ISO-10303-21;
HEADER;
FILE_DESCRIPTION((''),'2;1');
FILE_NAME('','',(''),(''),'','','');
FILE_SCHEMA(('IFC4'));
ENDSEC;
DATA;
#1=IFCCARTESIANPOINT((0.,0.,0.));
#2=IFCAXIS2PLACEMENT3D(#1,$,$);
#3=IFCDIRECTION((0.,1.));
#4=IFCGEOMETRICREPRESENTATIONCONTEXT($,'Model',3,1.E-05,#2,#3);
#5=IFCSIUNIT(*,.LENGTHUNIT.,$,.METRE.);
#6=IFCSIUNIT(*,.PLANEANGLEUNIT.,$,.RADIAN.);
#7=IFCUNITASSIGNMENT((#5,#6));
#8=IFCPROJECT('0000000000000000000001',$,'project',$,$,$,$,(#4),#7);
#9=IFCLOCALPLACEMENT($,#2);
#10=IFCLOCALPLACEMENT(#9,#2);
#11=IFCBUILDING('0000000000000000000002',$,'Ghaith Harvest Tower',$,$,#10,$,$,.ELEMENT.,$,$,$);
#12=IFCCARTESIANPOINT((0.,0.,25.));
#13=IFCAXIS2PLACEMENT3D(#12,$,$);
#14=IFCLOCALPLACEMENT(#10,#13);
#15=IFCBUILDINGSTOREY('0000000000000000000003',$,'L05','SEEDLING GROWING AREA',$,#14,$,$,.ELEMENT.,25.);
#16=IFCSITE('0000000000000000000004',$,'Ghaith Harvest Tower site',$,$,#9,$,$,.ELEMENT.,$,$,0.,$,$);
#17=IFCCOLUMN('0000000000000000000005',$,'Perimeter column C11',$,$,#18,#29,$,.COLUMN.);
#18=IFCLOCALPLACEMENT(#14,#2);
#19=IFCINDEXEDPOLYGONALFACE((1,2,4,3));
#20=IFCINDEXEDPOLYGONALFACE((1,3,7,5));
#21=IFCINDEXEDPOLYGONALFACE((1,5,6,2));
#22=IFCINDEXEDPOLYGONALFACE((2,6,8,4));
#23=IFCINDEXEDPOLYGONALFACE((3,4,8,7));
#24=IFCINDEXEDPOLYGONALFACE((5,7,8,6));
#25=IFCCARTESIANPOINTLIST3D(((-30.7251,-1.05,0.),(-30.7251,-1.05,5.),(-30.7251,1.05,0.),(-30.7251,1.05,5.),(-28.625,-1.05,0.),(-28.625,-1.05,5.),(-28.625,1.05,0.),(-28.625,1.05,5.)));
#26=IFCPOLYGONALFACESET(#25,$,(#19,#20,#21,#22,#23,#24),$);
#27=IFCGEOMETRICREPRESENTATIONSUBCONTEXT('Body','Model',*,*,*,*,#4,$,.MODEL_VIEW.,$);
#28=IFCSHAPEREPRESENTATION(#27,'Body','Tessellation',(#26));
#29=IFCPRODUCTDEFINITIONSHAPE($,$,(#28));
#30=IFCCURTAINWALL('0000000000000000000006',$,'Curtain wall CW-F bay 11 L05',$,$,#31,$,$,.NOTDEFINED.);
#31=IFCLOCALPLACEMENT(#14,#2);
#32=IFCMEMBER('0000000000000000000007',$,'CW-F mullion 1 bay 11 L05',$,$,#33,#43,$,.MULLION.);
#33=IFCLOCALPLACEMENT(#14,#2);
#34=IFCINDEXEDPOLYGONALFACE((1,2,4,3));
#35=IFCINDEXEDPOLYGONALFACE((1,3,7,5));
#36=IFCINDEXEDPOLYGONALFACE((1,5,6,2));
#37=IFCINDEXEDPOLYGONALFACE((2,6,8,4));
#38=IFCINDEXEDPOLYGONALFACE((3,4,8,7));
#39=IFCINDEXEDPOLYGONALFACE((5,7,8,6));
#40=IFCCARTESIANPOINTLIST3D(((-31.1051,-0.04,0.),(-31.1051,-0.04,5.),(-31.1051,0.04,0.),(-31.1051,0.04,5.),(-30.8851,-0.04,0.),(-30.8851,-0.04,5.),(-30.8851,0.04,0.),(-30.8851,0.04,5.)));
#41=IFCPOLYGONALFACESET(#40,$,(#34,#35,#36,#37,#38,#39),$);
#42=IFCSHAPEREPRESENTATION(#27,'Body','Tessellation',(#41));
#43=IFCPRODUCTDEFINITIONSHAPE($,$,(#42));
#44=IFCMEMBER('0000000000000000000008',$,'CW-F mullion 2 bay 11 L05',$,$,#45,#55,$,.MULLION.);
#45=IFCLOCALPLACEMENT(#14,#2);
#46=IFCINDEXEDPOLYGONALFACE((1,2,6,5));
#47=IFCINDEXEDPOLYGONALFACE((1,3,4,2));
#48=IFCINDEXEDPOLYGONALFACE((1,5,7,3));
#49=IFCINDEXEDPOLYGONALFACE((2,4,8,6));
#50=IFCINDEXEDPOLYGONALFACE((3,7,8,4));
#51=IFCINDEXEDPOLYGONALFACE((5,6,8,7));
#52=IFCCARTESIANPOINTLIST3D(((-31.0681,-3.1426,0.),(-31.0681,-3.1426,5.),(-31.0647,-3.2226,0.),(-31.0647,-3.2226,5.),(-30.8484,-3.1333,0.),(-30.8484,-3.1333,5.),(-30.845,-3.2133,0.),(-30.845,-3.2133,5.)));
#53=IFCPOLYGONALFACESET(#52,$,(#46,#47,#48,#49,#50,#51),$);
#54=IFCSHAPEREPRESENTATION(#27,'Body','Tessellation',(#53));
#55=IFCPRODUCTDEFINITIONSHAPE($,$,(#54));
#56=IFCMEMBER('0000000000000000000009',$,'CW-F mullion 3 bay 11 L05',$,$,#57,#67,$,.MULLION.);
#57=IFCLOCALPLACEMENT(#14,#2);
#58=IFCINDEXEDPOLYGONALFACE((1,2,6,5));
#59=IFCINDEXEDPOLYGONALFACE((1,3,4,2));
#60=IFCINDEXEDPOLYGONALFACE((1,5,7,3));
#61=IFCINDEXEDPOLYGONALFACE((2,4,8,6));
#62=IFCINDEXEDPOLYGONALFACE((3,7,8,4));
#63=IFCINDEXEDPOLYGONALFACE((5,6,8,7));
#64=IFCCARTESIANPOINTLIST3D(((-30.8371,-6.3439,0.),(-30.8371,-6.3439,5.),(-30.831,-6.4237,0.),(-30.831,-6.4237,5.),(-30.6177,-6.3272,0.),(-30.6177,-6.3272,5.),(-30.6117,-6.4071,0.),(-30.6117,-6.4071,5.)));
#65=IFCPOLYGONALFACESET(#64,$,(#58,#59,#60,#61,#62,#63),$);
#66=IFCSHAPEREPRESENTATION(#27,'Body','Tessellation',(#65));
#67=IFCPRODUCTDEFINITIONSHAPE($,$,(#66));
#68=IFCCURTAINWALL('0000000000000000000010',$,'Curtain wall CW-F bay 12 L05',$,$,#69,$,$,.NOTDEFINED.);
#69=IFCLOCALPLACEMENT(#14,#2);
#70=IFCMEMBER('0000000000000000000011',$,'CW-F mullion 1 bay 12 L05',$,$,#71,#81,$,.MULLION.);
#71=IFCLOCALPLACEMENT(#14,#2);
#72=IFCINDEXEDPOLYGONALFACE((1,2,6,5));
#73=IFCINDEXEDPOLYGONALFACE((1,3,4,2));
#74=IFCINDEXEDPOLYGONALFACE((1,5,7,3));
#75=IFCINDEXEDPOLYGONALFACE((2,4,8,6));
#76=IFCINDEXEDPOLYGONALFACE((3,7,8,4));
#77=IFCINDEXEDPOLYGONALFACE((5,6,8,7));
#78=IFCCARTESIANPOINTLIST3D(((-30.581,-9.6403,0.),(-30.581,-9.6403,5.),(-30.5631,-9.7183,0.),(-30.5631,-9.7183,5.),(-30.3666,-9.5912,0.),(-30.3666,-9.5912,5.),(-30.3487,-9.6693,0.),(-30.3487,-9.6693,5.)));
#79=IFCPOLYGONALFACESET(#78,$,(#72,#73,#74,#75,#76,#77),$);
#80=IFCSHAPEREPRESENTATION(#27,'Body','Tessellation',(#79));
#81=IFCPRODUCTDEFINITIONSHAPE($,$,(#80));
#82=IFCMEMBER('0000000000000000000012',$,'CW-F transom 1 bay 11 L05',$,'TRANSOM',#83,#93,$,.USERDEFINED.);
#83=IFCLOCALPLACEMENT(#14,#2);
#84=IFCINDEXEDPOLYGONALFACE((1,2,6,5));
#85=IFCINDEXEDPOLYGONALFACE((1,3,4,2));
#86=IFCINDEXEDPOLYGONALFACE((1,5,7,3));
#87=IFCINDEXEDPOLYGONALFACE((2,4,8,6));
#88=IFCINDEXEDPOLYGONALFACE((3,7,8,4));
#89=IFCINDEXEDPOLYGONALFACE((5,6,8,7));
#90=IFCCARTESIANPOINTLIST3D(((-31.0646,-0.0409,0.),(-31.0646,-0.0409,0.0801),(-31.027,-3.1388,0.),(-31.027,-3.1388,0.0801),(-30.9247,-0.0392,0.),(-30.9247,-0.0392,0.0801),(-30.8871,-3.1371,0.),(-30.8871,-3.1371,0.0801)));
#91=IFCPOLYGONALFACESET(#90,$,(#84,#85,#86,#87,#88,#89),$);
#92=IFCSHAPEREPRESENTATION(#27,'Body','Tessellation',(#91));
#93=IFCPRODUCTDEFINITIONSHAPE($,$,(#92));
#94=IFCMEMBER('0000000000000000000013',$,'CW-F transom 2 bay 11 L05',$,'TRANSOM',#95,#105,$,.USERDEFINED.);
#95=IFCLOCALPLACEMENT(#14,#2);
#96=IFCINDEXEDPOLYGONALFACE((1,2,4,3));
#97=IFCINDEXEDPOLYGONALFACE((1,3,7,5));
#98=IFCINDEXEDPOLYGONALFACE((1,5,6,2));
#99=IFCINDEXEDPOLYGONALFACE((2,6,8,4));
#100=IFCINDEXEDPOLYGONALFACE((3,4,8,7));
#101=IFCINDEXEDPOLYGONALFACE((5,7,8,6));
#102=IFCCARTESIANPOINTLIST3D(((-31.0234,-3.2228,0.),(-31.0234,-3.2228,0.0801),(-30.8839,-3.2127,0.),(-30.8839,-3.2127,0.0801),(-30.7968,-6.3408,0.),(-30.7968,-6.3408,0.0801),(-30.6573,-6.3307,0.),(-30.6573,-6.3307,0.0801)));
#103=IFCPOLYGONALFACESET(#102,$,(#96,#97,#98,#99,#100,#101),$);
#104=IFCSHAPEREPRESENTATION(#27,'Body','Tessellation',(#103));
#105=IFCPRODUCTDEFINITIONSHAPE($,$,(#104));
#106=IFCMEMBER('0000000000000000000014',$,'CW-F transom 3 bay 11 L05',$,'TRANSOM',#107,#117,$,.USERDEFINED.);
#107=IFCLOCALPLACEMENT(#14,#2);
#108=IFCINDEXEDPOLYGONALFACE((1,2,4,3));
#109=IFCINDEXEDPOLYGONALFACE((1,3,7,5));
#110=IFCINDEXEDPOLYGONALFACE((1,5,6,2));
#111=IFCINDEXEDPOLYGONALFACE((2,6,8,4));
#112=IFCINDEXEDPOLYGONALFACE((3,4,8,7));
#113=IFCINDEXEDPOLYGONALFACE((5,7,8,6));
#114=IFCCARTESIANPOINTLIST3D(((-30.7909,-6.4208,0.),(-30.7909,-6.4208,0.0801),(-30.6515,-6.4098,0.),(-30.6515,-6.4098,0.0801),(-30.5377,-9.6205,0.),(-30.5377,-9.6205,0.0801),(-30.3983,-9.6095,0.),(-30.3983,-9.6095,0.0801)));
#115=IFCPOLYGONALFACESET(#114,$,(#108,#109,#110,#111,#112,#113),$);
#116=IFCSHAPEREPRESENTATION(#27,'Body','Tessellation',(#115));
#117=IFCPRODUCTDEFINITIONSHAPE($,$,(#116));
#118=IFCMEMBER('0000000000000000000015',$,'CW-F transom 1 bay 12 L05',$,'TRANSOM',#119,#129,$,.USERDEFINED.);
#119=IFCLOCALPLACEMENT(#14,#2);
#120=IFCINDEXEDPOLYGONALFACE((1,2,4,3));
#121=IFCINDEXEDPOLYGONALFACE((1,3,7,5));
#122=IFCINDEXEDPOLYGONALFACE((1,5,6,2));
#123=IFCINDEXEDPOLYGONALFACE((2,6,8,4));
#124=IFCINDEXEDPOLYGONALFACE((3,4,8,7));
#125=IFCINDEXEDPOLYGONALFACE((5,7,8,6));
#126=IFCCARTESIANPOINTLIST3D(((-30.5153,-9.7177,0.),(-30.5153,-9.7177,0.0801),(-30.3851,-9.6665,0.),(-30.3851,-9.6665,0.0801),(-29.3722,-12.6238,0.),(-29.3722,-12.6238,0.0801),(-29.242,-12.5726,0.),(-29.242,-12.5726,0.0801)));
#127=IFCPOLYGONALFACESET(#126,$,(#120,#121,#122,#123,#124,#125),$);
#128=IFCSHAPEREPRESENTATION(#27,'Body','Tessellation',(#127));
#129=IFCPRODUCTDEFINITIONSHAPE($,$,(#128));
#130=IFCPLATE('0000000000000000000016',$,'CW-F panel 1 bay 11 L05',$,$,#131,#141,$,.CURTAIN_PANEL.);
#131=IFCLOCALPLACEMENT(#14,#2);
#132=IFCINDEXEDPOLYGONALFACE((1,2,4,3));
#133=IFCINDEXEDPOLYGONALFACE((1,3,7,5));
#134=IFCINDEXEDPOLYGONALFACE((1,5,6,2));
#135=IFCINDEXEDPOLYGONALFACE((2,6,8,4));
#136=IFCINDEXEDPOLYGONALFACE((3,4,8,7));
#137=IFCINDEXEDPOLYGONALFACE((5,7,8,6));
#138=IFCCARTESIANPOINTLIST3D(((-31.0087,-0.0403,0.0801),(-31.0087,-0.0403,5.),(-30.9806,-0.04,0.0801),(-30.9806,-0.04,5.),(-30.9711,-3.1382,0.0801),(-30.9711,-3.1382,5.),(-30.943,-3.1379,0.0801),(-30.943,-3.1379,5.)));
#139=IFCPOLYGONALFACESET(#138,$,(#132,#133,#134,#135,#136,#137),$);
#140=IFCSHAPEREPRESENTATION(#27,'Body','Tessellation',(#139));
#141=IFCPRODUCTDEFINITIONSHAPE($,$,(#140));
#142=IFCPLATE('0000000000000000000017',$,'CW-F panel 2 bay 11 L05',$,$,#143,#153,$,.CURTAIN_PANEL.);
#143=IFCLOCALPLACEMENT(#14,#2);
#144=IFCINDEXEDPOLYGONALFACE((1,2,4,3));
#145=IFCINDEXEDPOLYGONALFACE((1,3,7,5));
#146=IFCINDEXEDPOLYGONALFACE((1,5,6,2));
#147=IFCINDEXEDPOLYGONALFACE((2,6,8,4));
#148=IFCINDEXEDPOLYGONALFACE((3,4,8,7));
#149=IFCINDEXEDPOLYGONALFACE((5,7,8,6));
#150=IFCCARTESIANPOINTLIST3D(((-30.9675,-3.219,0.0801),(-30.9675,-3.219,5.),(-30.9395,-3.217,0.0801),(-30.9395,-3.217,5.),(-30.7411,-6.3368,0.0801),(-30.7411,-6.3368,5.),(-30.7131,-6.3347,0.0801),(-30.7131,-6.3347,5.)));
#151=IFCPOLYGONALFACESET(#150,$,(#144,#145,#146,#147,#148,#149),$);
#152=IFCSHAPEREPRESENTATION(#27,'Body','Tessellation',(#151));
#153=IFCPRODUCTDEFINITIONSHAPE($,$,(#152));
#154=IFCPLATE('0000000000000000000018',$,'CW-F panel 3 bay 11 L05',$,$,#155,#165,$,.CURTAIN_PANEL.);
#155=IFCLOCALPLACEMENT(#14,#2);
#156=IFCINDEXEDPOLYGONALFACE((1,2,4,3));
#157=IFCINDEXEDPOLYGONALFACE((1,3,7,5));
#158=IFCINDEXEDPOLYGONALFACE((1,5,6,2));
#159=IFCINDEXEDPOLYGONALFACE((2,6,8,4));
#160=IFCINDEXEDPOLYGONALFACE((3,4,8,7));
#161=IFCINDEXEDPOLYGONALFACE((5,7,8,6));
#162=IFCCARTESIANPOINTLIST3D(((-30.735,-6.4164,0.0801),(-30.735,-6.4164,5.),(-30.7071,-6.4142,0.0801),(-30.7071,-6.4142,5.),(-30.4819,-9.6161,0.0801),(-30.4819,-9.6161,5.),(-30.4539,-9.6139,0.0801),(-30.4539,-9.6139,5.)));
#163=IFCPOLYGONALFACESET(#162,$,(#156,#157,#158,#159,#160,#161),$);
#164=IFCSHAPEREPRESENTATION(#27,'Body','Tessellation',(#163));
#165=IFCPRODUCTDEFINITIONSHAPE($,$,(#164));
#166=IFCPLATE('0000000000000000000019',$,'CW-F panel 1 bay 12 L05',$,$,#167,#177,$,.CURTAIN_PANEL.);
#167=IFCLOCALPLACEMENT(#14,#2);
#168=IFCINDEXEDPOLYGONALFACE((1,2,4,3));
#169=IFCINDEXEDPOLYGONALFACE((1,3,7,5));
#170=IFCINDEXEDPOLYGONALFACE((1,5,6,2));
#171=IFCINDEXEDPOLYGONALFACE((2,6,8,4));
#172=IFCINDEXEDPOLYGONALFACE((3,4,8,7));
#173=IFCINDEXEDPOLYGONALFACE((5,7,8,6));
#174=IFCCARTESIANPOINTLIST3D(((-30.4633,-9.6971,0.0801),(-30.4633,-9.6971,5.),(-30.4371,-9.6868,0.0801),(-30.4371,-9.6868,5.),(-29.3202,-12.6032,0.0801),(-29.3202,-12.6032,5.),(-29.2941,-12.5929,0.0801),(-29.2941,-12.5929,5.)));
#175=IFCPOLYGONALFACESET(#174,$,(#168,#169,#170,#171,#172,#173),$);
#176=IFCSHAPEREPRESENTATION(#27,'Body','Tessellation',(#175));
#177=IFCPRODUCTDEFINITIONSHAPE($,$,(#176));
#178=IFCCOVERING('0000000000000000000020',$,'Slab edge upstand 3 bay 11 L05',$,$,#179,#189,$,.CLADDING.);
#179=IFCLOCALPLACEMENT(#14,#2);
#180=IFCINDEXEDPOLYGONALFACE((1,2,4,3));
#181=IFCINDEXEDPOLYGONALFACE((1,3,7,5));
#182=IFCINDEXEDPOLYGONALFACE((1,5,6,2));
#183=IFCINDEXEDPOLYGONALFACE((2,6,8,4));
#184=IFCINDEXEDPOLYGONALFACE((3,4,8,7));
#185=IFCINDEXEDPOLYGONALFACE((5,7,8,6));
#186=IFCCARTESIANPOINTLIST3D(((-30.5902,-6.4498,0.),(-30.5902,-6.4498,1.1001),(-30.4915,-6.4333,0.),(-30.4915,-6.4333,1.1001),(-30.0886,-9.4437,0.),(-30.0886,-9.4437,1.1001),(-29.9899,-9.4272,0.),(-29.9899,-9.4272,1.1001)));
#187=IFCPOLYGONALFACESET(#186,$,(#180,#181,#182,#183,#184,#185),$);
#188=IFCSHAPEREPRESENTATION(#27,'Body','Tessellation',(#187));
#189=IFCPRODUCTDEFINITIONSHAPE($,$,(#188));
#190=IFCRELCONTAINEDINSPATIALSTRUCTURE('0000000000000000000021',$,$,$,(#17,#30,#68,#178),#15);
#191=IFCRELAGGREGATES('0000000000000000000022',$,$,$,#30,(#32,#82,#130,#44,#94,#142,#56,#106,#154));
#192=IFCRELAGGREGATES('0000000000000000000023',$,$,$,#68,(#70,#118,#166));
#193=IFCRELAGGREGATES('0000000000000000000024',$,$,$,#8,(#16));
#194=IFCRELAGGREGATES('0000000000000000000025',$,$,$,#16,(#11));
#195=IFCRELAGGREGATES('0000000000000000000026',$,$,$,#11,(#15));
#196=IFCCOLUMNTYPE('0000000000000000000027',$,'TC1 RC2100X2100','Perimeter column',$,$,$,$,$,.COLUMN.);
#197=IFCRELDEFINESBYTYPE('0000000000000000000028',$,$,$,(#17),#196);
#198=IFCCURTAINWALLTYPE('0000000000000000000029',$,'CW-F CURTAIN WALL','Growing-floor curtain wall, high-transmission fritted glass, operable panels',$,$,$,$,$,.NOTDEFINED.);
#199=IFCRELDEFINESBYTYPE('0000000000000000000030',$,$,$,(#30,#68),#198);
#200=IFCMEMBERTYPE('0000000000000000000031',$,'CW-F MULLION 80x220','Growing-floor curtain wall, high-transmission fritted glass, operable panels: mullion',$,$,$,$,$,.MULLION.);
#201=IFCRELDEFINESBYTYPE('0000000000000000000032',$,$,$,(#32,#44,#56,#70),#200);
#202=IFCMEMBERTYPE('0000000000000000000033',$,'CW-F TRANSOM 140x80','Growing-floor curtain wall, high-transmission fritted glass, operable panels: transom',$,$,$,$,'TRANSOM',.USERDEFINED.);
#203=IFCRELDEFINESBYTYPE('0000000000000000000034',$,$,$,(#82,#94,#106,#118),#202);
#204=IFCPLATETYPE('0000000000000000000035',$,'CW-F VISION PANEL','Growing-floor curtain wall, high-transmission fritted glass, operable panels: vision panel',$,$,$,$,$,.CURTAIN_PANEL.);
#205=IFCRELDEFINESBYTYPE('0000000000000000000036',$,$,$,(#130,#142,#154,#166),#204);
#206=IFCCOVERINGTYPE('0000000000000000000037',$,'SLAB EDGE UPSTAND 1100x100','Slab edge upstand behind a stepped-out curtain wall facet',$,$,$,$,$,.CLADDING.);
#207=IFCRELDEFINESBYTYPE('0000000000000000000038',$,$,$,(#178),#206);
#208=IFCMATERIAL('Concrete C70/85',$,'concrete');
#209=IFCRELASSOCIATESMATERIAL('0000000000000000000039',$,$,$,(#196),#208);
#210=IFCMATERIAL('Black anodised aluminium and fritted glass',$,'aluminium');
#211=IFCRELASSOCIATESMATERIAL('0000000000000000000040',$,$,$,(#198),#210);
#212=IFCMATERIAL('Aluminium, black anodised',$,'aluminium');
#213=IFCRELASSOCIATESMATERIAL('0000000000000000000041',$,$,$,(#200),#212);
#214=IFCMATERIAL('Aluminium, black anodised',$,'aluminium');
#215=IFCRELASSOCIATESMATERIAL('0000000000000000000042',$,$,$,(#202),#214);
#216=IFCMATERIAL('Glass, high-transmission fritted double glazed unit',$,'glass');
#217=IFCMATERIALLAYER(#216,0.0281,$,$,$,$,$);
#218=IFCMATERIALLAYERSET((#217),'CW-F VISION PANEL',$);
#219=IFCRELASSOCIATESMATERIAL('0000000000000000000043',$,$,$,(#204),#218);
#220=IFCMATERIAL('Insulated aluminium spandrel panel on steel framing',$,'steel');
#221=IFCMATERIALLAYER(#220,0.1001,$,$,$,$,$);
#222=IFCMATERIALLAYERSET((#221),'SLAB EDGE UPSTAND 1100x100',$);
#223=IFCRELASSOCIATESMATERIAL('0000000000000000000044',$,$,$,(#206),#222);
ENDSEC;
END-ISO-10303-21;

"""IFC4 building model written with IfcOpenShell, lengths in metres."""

from ifc_helpers import new_model, si_unit, direction, frame, origin, origin_2d, place, context, subcontext, project, spatial, rectangle, extrude, material, layer, layer_set, material_profile, profile_set, type_object, element, aggregate, save


model = new_model("IFC4")

# Units and contexts
model_context = context("Model", 3, precision=1e-05, world=origin(), true_north=direction((0.0, 1.0)))
body_context = subcontext(model_context, "Body", "Model", "MODEL_VIEW")
ifc_project = project(units=[si_unit("LENGTHUNIT", "METRE"), si_unit("PLANEANGLEUNIT", "RADIAN")], contexts=[model_context])

# Site, building, storey
site_placement = place(None, origin())
site = spatial("IfcSite", under=ifc_project, at=site_placement, Name="Ghaith Harvest Tower site", CompositionType="ELEMENT", RefElevation=0.0)
building_placement = place(site_placement, origin())
building = spatial("IfcBuilding", under=site, at=building_placement, Name="Ghaith Harvest Tower", CompositionType="ELEMENT")
storey_placement = place(building_placement, frame((0.0, 0.0, 25.0)))
storey = spatial("IfcBuildingStorey", under=building, at=storey_placement, Name="L05", Description="SEEDLING GROWING AREA", CompositionType="ELEMENT", Elevation=25.0)

# Column
ifc_material_1 = material(Name="Concrete C70/85", Category="concrete")
ifc_material_profile_1 = material_profile(ifc_material_1, rectangle(XDim=2.1001, YDim=2.1001, at=origin_2d()), Name="RC2100X2100")
ifc_profile_set_1 = profile_set([ifc_material_profile_1], Name="Concrete C70/85")
column_type = type_object("IfcColumnType", Name="TC1 RC2100X2100", Description="Perimeter column", PredefinedType="COLUMN", material=ifc_profile_set_1)
column_placement = place(storey_placement, frame((-29.675, 0.0, 0.0), z_axis=(0.0, 0.0, 1.0), x_axis=(1.0, 0.0, 0.0)))
element("IfcColumn", 1, at=column_placement, inside=storey, type_object=column_type, Name="Perimeter column C11", PredefinedType="COLUMN", context=body_context, shape_type="SweptSolid", body=[
    extrude(rectangle(XDim=2.1001, YDim=2.1001, at=origin_2d()), origin(), (0.0, 0.0, 1.0), 5.0),
])

# Curtain wall, members
ifc_material_2 = material(Name="Black anodised aluminium and fritted glass", Category="aluminium")
curtain_wall_type = type_object("IfcCurtainWallType", Name="CW-F CURTAIN WALL", Description="Growing-floor curtain wall, high-transmission fritted glass, operable panels", PredefinedType="NOTDEFINED", material=ifc_material_2)
curtain_wall_1_placement = place(storey_placement, origin())
curtain_wall_1 = element("IfcCurtainWall", 2, at=curtain_wall_1_placement, inside=storey, type_object=curtain_wall_type, Name="Curtain wall CW-F bay 11 L05", PredefinedType="NOTDEFINED")
ifc_material_3 = material(Name="Aluminium, black anodised", Category="aluminium")
ifc_material_profile_2 = material_profile(ifc_material_3, rectangle(XDim=0.0801, YDim=0.22, at=origin_2d()), Name="CW-F MULLION 80x220")
ifc_profile_set_2 = profile_set([ifc_material_profile_2], Name="Aluminium, black anodised")
member_type_1 = type_object("IfcMemberType", Name="CW-F MULLION 80x220", Description="Growing-floor curtain wall, high-transmission fritted glass, operable panels: mullion", PredefinedType="MULLION", material=ifc_profile_set_2)
member_1_placement = place(storey_placement, frame((-30.9951, 0.0, 0.0), z_axis=(0.0, 0.0, 1.0), x_axis=(0.0, -1.0, 0.0)))
member_1 = element("IfcMember", 3, at=member_1_placement, type_object=member_type_1, Name="CW-F mullion 1 bay 11 L05", PredefinedType="MULLION", context=body_context, shape_type="SweptSolid", body=[
    extrude(rectangle(XDim=0.0801, YDim=0.22, at=origin_2d()), origin(), (0.0, 0.0, 1.0), 5.0),
])
member_2_placement = place(storey_placement, frame((-30.9565, -3.178, 0.0), z_axis=(0.0, 0.0, 1.0), x_axis=(0.042427, -0.9991, 0.0)))
member_2 = element("IfcMember", 4, at=member_2_placement, type_object=member_type_1, Name="CW-F mullion 2 bay 11 L05", PredefinedType="MULLION", context=body_context, shape_type="SweptSolid", body=[
    extrude(rectangle(XDim=0.0801, YDim=0.22, at=origin_2d()), origin(), (0.0, 0.0, 1.0), 5.0),
])
member_3_placement = place(storey_placement, frame((-30.7244, -6.3755, 0.0), z_axis=(0.0, 0.0, 1.0), x_axis=(0.075686, -0.997132, 0.0)))
member_3 = element("IfcMember", 5, at=member_3_placement, type_object=member_type_1, Name="CW-F mullion 3 bay 11 L05", PredefinedType="MULLION", context=body_context, shape_type="SweptSolid", body=[
    extrude(rectangle(XDim=0.0801, YDim=0.22, at=origin_2d()), origin(), (0.0, 0.0, 1.0), 5.0),
])

# Curtain wall, member
curtain_wall_2_placement = place(storey_placement, origin())
curtain_wall_2 = element("IfcCurtainWall", 6, at=curtain_wall_2_placement, inside=storey, type_object=curtain_wall_type, Name="Curtain wall CW-F bay 12 L05", PredefinedType="NOTDEFINED")
member_4_placement = place(storey_placement, frame((-30.4648, -9.6548, 0.0), z_axis=(0.0, 0.0, 1.0), x_axis=(0.222967, -0.974826, 0.0)))
member_4 = element("IfcMember", 7, at=member_4_placement, type_object=member_type_1, Name="CW-F mullion 1 bay 12 L05", PredefinedType="MULLION", context=body_context, shape_type="SweptSolid", body=[
    extrude(rectangle(XDim=0.0801, YDim=0.22, at=origin_2d()), origin(), (0.0, 0.0, 1.0), 5.0),
])

# Members
ifc_material_4 = material(Name="Aluminium, black anodised", Category="aluminium")
ifc_material_profile_3 = material_profile(ifc_material_4, rectangle(XDim=0.1399, YDim=0.0801, at=origin_2d()), Name="CW-F TRANSOM 140x80")
ifc_profile_set_3 = profile_set([ifc_material_profile_3], Name="Aluminium, black anodised")
member_type_2 = type_object("IfcMemberType", Name="CW-F TRANSOM 140x80", Description="Growing-floor curtain wall, high-transmission fritted glass, operable panels: transom", ElementType="TRANSOM", PredefinedType="USERDEFINED", material=ifc_profile_set_3)
member_5_placement = place(storey_placement, frame((-30.9946, -0.04, 0.04), z_axis=(0.012136, -0.999926, 0.0), x_axis=(0.999926, 0.012136, 0.0)))
member_5 = element("IfcMember", 8, at=member_5_placement, type_object=member_type_2, Name="CW-F transom 1 bay 11 L05", ObjectType="TRANSOM", PredefinedType="USERDEFINED", context=body_context, shape_type="SweptSolid", body=[
    extrude(rectangle(XDim=0.1399, YDim=0.0801, at=origin_2d()), origin(), (0.0, 0.0, 1.0), 3.0981),
])
member_6_placement = place(storey_placement, frame((-30.9536, -3.2178, 0.04), z_axis=(0.072474, -0.99737, 0.0), x_axis=(0.99737, 0.072474, 0.0)))
member_6 = element("IfcMember", 9, at=member_6_placement, type_object=member_type_2, Name="CW-F transom 2 bay 11 L05", ObjectType="TRANSOM", PredefinedType="USERDEFINED", context=body_context, shape_type="SweptSolid", body=[
    extrude(rectangle(XDim=0.1399, YDim=0.0801, at=origin_2d()), origin(), (0.0, 0.0, 1.0), 3.1262),
])
member_7_placement = place(storey_placement, frame((-30.7212, -6.4153, 0.04), z_axis=(0.078878, -0.996884, 0.0), x_axis=(0.996884, 0.078878, 0.0)))
member_7 = element("IfcMember", 10, at=member_7_placement, type_object=member_type_2, Name="CW-F transom 3 bay 11 L05", ObjectType="TRANSOM", PredefinedType="USERDEFINED", context=body_context, shape_type="SweptSolid", body=[
    extrude(rectangle(XDim=0.1399, YDim=0.0801, at=origin_2d()), origin(), (0.0, 0.0, 1.0), 3.2097),
])
member_8_placement = place(storey_placement, frame((-30.4502, -9.6921, 0.04), z_axis=(0.366047, -0.930597, 0.0), x_axis=(0.930597, 0.366047, 0.0)))
member_8 = element("IfcMember", 11, at=member_8_placement, type_object=member_type_2, Name="CW-F transom 1 bay 12 L05", ObjectType="TRANSOM", PredefinedType="USERDEFINED", context=body_context, shape_type="SweptSolid", body=[
    extrude(rectangle(XDim=0.1399, YDim=0.0801, at=origin_2d()), origin(), (0.0, 0.0, 1.0), 3.1228),
])

# Plates
ifc_material_5 = material(Name="Glass, high-transmission fritted double glazed unit", Category="glass")
ifc_layer_1 = layer(ifc_material_5, 0.0281)
ifc_layer_set_1 = layer_set([ifc_layer_1], Name="CW-F VISION PANEL")
plate_type = type_object("IfcPlateType", Name="CW-F VISION PANEL", Description="Growing-floor curtain wall, high-transmission fritted glass, operable panels: vision panel", PredefinedType="CURTAIN_PANEL", material=ifc_layer_set_1)
plate_1_placement = place(storey_placement, frame((-30.9758, -1.5891, 0.0801), z_axis=(0.0, 0.0, 1.0), x_axis=(0.012133, -0.999926, 0.0)))
plate_1 = element("IfcPlate", 12, at=plate_1_placement, type_object=plate_type, Name="CW-F panel 1 bay 11 L05", PredefinedType="CURTAIN_PANEL", context=body_context, shape_type="SweptSolid", body=[
    extrude(rectangle(XDim=3.0981, YDim=0.0281, at=origin_2d()), origin(), (0.0, 0.0, 1.0), 4.9199),
])
plate_2_placement = place(storey_placement, frame((-30.8403, -4.7769, 0.0801), z_axis=(0.0, 0.0, 1.0), x_axis=(0.072421, -0.997374, 0.0)))
plate_2 = element("IfcPlate", 13, at=plate_2_placement, type_object=plate_type, Name="CW-F panel 2 bay 11 L05", PredefinedType="CURTAIN_PANEL", context=body_context, shape_type="SweptSolid", body=[
    extrude(rectangle(XDim=3.126, YDim=0.0281, at=origin_2d()), origin(), (0.0, 0.0, 1.0), 4.9199),
])
plate_3_placement = place(storey_placement, frame((-30.5945, -8.0151, 0.0801), z_axis=(0.0, 0.0, 1.0), x_axis=(0.078867, -0.996885, 0.0)))
plate_3 = element("IfcPlate", 14, at=plate_3_placement, type_object=plate_type, Name="CW-F panel 3 bay 11 L05", PredefinedType="CURTAIN_PANEL", context=body_context, shape_type="SweptSolid", body=[
    extrude(rectangle(XDim=3.2097, YDim=0.0281, at=origin_2d()), origin(), (0.0, 0.0, 1.0), 4.9199),
])
aggregate(curtain_wall_1, [member_1, member_5, plate_1, member_2, member_6, plate_2, member_3, member_7, plate_3])
plate_4_placement = place(storey_placement, frame((-29.8787, -11.145, 0.0801), z_axis=(0.0, 0.0, 1.0), x_axis=(0.36604, -0.930599, 0.0)))
plate_4 = element("IfcPlate", 15, at=plate_4_placement, type_object=plate_type, Name="CW-F panel 1 bay 12 L05", PredefinedType="CURTAIN_PANEL", context=body_context, shape_type="SweptSolid", body=[
    extrude(rectangle(XDim=3.1228, YDim=0.0281, at=origin_2d()), origin(), (0.0, 0.0, 1.0), 4.9199),
])
aggregate(curtain_wall_2, [member_4, member_8, plate_4])

# Covering
ifc_material_6 = material(Name="Insulated aluminium spandrel panel on steel framing", Category="steel")
ifc_layer_2 = layer(ifc_material_6, 0.1001)
ifc_layer_set_2 = layer_set([ifc_layer_2], Name="SLAB EDGE UPSTAND 1100x100")
covering_type = type_object("IfcCoveringType", Name="SLAB EDGE UPSTAND 1100x100", Description="Slab edge upstand behind a stepped-out curtain wall facet", PredefinedType="CLADDING", material=ifc_layer_set_2)
covering_placement = place(storey_placement, frame((-30.29, -7.9385, 0.0), z_axis=(0.0, 0.0, 1.0), x_axis=(0.165246, -0.986252, 0.0)))
element("IfcCovering", 16, at=covering_placement, inside=storey, type_object=covering_type, Name="Slab edge upstand 3 bay 11 L05", PredefinedType="CLADDING", context=body_context, shape_type="SweptSolid", body=[
    extrude(rectangle(XDim=3.0356, YDim=0.1001, at=origin_2d()), origin(), (0.0, 0.0, 1.0), 1.1001),
])

save(model, "model.ifc")
